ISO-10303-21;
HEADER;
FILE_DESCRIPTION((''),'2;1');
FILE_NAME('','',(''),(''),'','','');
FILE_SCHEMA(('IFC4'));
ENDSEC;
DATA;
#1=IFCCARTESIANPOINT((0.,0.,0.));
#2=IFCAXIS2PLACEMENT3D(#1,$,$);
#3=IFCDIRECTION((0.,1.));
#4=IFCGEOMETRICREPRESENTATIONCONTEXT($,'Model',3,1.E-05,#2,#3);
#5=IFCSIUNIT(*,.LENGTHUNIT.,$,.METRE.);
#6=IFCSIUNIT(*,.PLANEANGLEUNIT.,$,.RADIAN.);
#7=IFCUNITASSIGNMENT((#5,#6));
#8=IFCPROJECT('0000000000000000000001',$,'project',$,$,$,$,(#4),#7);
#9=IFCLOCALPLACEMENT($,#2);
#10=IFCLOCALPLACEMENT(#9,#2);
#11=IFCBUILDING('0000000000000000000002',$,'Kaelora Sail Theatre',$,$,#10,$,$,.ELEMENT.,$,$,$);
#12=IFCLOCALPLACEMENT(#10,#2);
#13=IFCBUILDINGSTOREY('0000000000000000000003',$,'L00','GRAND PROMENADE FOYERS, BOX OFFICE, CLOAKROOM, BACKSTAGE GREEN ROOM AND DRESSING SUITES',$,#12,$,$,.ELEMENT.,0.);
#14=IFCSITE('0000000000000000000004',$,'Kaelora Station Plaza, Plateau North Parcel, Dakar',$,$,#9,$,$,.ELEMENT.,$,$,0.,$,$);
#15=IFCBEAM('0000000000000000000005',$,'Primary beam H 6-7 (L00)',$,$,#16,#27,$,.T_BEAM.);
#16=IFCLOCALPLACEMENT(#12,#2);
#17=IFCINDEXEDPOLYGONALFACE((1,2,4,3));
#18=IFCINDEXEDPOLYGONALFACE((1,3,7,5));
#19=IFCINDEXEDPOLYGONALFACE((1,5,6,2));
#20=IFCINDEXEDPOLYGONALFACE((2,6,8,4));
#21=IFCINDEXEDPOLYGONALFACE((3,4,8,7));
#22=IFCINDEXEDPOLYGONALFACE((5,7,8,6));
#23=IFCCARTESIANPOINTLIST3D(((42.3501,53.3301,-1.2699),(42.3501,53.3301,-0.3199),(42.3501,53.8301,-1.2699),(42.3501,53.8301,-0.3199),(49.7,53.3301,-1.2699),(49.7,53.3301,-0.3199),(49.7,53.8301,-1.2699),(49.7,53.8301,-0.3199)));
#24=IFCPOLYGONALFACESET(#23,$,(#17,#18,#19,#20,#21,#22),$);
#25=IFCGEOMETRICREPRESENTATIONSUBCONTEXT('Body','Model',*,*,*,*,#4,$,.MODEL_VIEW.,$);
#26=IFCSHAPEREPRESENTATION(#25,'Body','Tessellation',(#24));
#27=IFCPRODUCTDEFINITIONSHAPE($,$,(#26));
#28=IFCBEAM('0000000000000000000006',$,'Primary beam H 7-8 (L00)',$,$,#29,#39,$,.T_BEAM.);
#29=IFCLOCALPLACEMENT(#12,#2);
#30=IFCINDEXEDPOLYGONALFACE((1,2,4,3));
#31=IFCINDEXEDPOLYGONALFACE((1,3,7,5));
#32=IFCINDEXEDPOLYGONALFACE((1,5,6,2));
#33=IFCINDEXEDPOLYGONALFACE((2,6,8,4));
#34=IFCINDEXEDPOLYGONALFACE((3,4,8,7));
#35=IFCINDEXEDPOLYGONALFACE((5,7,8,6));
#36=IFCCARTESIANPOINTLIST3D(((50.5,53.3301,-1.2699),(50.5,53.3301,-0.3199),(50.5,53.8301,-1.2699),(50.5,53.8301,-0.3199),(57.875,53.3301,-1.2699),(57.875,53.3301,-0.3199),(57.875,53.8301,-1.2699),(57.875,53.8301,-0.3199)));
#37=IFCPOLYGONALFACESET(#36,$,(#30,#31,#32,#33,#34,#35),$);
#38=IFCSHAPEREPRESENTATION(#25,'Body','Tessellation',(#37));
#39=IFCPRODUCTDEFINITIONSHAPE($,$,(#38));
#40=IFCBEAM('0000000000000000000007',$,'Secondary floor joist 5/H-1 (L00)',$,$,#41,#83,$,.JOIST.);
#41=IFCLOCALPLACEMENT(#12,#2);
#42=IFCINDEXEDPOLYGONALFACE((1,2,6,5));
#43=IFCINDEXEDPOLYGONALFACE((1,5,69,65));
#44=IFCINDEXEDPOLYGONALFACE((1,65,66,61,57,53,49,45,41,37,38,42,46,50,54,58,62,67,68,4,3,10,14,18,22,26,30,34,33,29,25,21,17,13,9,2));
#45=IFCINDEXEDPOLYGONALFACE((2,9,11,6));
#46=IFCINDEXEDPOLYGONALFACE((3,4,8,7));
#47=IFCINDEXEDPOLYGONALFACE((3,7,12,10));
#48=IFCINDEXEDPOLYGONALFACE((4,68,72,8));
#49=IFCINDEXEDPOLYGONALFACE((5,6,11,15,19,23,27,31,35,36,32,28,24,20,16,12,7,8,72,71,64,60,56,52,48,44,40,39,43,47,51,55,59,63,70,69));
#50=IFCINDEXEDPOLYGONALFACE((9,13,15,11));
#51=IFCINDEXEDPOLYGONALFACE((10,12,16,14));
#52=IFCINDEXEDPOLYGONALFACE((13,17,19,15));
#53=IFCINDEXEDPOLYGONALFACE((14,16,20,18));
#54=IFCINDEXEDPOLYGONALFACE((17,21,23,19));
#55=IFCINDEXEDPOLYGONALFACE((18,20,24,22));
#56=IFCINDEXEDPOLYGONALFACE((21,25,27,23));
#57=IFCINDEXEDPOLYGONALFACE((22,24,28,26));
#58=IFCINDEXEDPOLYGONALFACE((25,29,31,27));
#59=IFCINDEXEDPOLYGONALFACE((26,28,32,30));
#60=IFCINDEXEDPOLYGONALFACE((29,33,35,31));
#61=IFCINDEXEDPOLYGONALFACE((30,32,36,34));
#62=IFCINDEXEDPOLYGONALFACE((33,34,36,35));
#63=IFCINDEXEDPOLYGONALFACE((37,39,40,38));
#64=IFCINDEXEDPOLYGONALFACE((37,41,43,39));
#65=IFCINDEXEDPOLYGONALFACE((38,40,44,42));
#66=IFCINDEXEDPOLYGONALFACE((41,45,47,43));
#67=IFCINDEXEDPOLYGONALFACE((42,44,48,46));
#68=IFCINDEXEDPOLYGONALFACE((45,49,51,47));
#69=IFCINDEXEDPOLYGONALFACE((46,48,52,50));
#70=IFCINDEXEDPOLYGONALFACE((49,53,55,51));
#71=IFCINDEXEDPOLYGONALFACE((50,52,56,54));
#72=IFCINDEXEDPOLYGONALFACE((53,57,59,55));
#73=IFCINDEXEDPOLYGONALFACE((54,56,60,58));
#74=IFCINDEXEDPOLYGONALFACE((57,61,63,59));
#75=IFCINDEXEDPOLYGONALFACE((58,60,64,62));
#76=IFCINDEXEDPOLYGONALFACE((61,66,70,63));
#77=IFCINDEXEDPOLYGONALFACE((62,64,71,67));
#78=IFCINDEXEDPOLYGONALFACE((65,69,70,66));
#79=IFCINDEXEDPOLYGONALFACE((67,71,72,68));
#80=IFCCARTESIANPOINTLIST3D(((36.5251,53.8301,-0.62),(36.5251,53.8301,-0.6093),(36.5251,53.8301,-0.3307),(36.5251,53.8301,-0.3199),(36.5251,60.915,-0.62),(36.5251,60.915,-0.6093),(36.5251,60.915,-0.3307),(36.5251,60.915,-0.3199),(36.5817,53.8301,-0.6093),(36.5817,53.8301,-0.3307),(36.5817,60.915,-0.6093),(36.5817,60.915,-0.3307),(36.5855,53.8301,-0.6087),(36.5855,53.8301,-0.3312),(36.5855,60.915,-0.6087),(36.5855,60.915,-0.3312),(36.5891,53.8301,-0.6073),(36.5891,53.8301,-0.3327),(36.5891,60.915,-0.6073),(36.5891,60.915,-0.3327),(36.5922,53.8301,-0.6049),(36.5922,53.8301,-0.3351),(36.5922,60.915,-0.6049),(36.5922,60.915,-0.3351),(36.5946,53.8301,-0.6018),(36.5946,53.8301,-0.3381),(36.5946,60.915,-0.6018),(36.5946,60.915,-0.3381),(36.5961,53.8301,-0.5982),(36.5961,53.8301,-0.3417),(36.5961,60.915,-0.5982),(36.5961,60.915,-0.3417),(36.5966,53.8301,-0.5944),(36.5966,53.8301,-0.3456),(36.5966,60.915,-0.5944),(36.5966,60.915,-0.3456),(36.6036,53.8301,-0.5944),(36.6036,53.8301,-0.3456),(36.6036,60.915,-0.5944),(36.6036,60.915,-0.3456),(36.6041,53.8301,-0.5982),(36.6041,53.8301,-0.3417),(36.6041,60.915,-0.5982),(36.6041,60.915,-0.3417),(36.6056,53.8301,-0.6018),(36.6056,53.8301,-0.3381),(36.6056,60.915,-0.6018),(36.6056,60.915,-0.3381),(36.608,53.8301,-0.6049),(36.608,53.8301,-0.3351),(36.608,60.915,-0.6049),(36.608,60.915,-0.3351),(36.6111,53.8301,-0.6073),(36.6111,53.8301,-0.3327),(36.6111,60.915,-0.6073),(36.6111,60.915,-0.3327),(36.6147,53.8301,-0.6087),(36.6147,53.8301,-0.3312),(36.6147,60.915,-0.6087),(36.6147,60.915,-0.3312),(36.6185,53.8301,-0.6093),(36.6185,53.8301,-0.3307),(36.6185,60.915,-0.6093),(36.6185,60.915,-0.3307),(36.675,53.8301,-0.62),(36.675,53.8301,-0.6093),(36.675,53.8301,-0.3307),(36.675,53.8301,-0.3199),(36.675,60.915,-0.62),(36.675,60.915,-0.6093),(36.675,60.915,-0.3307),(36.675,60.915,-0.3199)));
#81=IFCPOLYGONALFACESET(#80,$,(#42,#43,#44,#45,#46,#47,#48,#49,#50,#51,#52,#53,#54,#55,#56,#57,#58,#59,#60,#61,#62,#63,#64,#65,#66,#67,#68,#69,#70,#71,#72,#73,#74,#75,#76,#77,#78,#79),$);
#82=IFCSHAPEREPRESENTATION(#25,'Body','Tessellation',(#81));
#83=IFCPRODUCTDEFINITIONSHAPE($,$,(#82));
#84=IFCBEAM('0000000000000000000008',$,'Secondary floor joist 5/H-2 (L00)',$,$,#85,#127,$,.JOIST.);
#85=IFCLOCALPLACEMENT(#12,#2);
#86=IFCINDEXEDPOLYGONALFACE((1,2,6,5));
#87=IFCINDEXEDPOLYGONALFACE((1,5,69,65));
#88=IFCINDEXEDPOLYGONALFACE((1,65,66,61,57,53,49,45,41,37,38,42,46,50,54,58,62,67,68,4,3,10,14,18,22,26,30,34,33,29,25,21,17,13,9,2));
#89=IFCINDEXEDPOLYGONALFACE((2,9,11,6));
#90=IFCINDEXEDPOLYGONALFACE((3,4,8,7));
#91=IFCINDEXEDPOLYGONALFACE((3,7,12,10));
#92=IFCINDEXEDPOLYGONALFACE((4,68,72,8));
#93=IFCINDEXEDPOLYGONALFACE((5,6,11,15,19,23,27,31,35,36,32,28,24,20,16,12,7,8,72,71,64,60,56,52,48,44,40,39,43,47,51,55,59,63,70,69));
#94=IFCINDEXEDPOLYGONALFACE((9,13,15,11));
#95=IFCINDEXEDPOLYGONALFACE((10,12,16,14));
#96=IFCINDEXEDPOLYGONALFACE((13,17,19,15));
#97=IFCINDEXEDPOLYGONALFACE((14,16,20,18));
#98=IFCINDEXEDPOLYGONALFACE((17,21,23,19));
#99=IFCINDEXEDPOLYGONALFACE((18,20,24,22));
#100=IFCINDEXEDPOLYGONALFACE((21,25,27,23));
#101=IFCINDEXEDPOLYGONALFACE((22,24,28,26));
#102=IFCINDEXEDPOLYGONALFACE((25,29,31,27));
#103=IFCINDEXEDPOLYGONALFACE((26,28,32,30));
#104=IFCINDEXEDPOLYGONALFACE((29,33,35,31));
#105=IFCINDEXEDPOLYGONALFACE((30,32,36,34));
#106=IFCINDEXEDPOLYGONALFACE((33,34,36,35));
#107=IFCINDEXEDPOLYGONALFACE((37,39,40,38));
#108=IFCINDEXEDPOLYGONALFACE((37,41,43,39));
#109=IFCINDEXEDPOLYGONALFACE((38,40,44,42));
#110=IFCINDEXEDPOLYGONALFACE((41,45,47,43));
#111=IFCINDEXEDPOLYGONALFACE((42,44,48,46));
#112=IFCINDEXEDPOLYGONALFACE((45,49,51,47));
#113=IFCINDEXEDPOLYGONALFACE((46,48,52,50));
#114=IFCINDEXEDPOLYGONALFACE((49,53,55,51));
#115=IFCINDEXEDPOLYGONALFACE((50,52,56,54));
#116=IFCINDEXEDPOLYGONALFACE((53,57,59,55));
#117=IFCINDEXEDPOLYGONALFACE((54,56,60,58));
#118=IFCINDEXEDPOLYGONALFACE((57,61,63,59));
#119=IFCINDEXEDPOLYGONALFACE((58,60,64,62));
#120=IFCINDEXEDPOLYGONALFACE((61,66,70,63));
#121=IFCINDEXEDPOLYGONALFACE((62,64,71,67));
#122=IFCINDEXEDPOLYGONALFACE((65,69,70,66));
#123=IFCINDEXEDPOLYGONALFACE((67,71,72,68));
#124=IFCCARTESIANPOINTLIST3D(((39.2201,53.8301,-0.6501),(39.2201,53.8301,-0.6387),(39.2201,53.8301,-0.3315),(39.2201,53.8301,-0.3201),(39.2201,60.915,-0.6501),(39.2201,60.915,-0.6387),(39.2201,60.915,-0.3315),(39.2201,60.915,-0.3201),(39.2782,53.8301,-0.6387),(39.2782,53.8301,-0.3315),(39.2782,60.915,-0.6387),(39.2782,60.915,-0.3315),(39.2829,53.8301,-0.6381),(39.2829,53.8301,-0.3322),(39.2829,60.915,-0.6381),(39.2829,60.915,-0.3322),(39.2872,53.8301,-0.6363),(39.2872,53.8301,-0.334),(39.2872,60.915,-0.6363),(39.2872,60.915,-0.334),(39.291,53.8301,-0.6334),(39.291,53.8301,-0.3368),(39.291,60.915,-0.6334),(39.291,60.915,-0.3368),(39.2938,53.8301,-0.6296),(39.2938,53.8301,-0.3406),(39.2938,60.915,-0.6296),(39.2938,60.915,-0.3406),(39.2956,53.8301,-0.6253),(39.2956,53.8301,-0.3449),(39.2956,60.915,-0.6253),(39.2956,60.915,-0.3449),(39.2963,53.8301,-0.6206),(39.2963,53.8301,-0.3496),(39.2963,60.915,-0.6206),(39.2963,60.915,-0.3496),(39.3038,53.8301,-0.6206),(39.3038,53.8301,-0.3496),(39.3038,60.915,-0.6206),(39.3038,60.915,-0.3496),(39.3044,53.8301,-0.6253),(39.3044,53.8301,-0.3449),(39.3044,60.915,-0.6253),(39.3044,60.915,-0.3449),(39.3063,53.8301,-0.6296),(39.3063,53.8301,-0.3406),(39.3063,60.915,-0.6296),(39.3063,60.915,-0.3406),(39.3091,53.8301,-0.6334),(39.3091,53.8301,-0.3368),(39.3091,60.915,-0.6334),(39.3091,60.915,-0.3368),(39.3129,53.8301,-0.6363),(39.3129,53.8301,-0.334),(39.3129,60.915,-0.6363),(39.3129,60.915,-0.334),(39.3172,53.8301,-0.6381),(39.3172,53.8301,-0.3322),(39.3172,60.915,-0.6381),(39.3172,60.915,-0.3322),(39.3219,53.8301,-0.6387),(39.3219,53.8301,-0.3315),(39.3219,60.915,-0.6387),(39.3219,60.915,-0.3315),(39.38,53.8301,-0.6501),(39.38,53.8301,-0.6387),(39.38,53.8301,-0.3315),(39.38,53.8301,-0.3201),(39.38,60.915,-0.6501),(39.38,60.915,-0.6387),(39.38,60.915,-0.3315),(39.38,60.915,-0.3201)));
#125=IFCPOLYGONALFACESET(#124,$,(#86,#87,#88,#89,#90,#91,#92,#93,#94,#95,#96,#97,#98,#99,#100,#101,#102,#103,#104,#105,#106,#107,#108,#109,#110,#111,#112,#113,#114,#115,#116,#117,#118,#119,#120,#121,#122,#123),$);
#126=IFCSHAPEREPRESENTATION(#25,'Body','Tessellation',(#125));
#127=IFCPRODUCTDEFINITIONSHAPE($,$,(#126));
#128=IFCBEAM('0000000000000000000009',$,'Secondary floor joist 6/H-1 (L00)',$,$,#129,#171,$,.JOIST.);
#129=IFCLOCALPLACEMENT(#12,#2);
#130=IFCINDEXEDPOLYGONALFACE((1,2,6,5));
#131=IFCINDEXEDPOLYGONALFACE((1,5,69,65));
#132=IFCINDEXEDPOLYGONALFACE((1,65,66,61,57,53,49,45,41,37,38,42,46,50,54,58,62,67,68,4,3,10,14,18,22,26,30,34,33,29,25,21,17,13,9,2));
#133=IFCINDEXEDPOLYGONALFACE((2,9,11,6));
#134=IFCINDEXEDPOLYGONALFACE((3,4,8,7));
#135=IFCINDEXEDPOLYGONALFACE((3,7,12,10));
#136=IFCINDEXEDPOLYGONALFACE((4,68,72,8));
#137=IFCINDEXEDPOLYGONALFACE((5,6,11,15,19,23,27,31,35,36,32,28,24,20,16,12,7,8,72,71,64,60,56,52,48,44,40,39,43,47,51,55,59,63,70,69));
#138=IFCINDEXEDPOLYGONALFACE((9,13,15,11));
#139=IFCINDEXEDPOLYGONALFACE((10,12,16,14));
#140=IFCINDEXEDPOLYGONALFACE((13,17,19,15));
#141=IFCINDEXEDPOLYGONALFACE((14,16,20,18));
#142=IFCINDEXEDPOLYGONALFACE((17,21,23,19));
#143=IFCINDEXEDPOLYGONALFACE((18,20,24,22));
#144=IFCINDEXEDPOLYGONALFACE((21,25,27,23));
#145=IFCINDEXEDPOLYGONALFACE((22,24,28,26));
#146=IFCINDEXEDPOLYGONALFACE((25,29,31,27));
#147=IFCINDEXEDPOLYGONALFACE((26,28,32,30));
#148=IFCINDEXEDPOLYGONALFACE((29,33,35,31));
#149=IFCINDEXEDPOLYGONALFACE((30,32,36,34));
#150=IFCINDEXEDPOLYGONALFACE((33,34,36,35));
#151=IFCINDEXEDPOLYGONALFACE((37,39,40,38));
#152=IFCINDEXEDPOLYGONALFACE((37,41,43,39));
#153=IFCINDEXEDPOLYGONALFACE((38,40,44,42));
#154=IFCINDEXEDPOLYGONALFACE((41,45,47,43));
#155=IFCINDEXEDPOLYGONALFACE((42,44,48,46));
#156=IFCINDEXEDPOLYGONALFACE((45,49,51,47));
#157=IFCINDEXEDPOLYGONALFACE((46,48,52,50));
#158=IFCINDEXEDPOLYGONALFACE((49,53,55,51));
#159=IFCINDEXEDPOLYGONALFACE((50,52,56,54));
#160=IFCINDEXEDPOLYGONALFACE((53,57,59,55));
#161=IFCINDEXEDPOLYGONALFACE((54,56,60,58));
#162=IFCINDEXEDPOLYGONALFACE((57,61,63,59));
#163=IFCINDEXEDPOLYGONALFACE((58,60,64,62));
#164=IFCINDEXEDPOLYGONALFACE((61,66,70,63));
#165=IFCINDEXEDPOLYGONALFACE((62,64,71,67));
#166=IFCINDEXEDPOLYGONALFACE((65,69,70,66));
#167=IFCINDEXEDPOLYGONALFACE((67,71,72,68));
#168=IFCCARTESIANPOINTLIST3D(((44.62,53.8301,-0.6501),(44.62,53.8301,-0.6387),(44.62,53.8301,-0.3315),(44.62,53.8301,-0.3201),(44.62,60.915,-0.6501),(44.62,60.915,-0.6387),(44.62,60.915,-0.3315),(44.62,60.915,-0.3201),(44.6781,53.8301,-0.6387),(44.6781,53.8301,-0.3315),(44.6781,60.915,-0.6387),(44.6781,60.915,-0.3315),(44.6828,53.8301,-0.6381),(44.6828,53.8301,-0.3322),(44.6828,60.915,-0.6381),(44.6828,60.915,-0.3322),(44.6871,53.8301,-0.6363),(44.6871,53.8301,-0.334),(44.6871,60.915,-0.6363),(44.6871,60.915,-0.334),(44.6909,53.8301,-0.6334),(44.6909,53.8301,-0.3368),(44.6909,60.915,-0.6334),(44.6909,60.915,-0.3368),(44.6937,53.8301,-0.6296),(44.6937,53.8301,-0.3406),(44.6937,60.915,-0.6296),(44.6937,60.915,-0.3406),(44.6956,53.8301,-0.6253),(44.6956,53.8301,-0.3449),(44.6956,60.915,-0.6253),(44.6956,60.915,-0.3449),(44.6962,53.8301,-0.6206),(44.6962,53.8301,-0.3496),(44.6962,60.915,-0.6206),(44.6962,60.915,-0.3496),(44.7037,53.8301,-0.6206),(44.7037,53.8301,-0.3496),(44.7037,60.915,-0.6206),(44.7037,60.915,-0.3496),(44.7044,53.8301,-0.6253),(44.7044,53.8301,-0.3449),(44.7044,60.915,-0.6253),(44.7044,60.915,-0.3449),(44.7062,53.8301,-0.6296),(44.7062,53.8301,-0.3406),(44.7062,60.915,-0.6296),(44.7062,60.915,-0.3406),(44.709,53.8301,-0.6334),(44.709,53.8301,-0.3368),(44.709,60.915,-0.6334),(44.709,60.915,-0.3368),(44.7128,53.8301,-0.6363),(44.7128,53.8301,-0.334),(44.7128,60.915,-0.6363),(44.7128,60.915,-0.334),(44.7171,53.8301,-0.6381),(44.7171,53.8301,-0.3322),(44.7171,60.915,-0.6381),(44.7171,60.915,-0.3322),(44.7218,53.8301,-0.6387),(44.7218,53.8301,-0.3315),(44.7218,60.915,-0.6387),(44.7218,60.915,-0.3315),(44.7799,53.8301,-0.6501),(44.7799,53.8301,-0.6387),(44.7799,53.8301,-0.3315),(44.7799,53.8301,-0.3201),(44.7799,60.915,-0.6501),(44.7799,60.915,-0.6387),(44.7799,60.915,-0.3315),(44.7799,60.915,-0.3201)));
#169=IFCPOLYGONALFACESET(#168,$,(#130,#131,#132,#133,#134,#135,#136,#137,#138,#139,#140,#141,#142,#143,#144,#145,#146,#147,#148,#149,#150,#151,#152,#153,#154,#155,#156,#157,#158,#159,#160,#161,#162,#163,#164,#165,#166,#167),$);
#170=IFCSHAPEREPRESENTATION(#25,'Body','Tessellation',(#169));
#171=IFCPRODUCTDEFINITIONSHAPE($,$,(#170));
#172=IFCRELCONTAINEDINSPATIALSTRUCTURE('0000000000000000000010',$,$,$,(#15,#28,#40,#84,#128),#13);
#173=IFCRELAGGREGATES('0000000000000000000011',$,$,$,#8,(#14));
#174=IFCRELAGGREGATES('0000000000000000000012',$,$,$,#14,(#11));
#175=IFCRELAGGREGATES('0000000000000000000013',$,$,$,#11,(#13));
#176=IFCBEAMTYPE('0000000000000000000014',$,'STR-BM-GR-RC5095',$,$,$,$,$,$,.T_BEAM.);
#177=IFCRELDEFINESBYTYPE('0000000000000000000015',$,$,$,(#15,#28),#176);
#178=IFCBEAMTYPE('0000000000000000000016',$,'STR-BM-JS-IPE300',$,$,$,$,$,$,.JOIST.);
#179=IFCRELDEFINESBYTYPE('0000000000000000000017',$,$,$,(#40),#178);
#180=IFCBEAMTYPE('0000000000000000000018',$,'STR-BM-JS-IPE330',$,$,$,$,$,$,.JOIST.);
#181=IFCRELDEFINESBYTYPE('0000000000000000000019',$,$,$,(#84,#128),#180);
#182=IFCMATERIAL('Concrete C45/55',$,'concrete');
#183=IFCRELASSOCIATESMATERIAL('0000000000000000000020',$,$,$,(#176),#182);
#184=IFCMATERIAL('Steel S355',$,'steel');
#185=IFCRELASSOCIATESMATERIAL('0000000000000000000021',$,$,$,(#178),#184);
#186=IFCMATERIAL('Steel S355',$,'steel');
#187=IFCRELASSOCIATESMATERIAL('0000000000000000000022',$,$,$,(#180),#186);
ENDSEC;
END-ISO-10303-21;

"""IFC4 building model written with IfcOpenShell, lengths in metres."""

from ifc_helpers import new_model, si_unit, direction, frame, origin, origin_2d, place, context, subcontext, project, spatial, rectangle, i_section, extrude, material, material_profile, profile_set, type_object, element, save


model = new_model("IFC4")

# Units and contexts
model_context = context("Model", 3, precision=1e-05, world=origin(), true_north=direction((0.0, 1.0)))
body_context = subcontext(model_context, "Body", "Model", "MODEL_VIEW")
ifc_project = project(units=[si_unit("LENGTHUNIT", "METRE"), si_unit("PLANEANGLEUNIT", "RADIAN")], contexts=[model_context])

# Site, building, storey
site_placement = place(None, origin())
site = spatial("IfcSite", under=ifc_project, at=site_placement, Name="Kaelora Station Plaza, Plateau North Parcel, Dakar", CompositionType="ELEMENT", RefElevation=0.0)
building_placement = place(site_placement, origin())
building = spatial("IfcBuilding", under=site, at=building_placement, Name="Kaelora Sail Theatre", CompositionType="ELEMENT")
storey_placement = place(building_placement, origin())
storey = spatial("IfcBuildingStorey", under=building, at=storey_placement, Name="L00", Description="GRAND PROMENADE FOYERS, BOX OFFICE, CLOAKROOM, BACKSTAGE GREEN ROOM AND DRESSING SUITES", CompositionType="ELEMENT", Elevation=0.0)

# Beams
ifc_material_1 = material(Name="Concrete C45/55", Category="concrete")
ifc_material_profile_1 = material_profile(ifc_material_1, rectangle(XDim=0.5, YDim=0.95, at=origin_2d()), Name="RC-GRD 500x950")
ifc_profile_set_1 = profile_set([ifc_material_profile_1], Name="Concrete C45/55")
beam_type_1 = type_object("IfcBeamType", Name="STR-BM-GR-RC5095", PredefinedType="T_BEAM", material=ifc_profile_set_1)
beam_1_placement = place(storey_placement, frame((42.3501, 53.5801, -0.7949), z_axis=(1.0, 0.0, 0.0), x_axis=(0.0, 1.0, 0.0)))
element("IfcBeam", 1, at=beam_1_placement, inside=storey, type_object=beam_type_1, Name="Primary beam H 6-7 (L00)", PredefinedType="T_BEAM", context=body_context, shape_type="SweptSolid", body=[
    extrude(rectangle(XDim=0.5, YDim=0.95, at=origin_2d()), origin(), (0.0, 0.0, 1.0), 7.3499),
])
beam_2_placement = place(storey_placement, frame((50.5, 53.5801, -0.7949), z_axis=(1.0, 0.0, 0.0), x_axis=(0.0, 1.0, 0.0)))
element("IfcBeam", 2, at=beam_2_placement, inside=storey, type_object=beam_type_1, Name="Primary beam H 7-8 (L00)", PredefinedType="T_BEAM", context=body_context, shape_type="SweptSolid", body=[
    extrude(rectangle(XDim=0.5, YDim=0.95, at=origin_2d()), origin(), (0.0, 0.0, 1.0), 7.375),
])
ifc_material_2 = material(Name="Steel S355", Category="steel")
ifc_material_profile_2 = material_profile(ifc_material_2, i_section(OverallWidth=0.1499, OverallDepth=0.3, WebThickness=0.0071, FlangeThickness=0.0107, FilletRadius=0.0149, at=origin_2d()), Name="IPE 300")
ifc_profile_set_2 = profile_set([ifc_material_profile_2], Name="Steel S355")
beam_type_2 = type_object("IfcBeamType", Name="STR-BM-JS-IPE300", PredefinedType="JOIST", material=ifc_profile_set_2)
beam_3_placement = place(storey_placement, frame((36.6001, 53.8301, -0.47), z_axis=(0.0, 1.0, 0.0), x_axis=(-1.0, 0.0, 0.0)))
element("IfcBeam", 3, at=beam_3_placement, inside=storey, type_object=beam_type_2, Name="Secondary floor joist 5/H-1 (L00)", PredefinedType="JOIST", context=body_context, shape_type="SweptSolid", body=[
    extrude(i_section(OverallWidth=0.1499, OverallDepth=0.3, WebThickness=0.0071, FlangeThickness=0.0107, FilletRadius=0.0149, at=origin_2d()), origin(), (0.0, 0.0, 1.0), 7.085),
])
ifc_material_3 = material(Name="Steel S355", Category="steel")
ifc_material_profile_3 = material_profile(ifc_material_3, i_section(OverallWidth=0.1599, OverallDepth=0.3301, WebThickness=0.0076, FlangeThickness=0.0115, FilletRadius=0.0181, at=origin_2d()), Name="IPE 330")
ifc_profile_set_3 = profile_set([ifc_material_profile_3], Name="Steel S355")
beam_type_3 = type_object("IfcBeamType", Name="STR-BM-JS-IPE330", PredefinedType="JOIST", material=ifc_profile_set_3)
for number, where, z_axis, x_axis, name in (
    (4, (39.3, 53.8301, -0.4851), (0.0, 1.0, 0.0), (-1.0, 0.0, 0.0), "Secondary floor joist 5/H-2 (L00)"),
    (5, (44.7, 53.8301, -0.4851), (0.0, 1.0, 0.0), (-1.0, 0.0, 0.0), "Secondary floor joist 6/H-1 (L00)"),
):
    element("IfcBeam", number, at=place(storey_placement, frame(where, z_axis=z_axis, x_axis=x_axis)), inside=storey, type_object=beam_type_3, Name=name, PredefinedType="JOIST", context=body_context, shape_type="SweptSolid", body=[
        extrude(i_section(OverallWidth=0.1599, OverallDepth=0.3301, WebThickness=0.0076, FlangeThickness=0.0115, FilletRadius=0.0181, at=origin_2d()), origin(), (0.0, 0.0, 1.0), 7.085),
    ])

save(model, "model.ifc")
